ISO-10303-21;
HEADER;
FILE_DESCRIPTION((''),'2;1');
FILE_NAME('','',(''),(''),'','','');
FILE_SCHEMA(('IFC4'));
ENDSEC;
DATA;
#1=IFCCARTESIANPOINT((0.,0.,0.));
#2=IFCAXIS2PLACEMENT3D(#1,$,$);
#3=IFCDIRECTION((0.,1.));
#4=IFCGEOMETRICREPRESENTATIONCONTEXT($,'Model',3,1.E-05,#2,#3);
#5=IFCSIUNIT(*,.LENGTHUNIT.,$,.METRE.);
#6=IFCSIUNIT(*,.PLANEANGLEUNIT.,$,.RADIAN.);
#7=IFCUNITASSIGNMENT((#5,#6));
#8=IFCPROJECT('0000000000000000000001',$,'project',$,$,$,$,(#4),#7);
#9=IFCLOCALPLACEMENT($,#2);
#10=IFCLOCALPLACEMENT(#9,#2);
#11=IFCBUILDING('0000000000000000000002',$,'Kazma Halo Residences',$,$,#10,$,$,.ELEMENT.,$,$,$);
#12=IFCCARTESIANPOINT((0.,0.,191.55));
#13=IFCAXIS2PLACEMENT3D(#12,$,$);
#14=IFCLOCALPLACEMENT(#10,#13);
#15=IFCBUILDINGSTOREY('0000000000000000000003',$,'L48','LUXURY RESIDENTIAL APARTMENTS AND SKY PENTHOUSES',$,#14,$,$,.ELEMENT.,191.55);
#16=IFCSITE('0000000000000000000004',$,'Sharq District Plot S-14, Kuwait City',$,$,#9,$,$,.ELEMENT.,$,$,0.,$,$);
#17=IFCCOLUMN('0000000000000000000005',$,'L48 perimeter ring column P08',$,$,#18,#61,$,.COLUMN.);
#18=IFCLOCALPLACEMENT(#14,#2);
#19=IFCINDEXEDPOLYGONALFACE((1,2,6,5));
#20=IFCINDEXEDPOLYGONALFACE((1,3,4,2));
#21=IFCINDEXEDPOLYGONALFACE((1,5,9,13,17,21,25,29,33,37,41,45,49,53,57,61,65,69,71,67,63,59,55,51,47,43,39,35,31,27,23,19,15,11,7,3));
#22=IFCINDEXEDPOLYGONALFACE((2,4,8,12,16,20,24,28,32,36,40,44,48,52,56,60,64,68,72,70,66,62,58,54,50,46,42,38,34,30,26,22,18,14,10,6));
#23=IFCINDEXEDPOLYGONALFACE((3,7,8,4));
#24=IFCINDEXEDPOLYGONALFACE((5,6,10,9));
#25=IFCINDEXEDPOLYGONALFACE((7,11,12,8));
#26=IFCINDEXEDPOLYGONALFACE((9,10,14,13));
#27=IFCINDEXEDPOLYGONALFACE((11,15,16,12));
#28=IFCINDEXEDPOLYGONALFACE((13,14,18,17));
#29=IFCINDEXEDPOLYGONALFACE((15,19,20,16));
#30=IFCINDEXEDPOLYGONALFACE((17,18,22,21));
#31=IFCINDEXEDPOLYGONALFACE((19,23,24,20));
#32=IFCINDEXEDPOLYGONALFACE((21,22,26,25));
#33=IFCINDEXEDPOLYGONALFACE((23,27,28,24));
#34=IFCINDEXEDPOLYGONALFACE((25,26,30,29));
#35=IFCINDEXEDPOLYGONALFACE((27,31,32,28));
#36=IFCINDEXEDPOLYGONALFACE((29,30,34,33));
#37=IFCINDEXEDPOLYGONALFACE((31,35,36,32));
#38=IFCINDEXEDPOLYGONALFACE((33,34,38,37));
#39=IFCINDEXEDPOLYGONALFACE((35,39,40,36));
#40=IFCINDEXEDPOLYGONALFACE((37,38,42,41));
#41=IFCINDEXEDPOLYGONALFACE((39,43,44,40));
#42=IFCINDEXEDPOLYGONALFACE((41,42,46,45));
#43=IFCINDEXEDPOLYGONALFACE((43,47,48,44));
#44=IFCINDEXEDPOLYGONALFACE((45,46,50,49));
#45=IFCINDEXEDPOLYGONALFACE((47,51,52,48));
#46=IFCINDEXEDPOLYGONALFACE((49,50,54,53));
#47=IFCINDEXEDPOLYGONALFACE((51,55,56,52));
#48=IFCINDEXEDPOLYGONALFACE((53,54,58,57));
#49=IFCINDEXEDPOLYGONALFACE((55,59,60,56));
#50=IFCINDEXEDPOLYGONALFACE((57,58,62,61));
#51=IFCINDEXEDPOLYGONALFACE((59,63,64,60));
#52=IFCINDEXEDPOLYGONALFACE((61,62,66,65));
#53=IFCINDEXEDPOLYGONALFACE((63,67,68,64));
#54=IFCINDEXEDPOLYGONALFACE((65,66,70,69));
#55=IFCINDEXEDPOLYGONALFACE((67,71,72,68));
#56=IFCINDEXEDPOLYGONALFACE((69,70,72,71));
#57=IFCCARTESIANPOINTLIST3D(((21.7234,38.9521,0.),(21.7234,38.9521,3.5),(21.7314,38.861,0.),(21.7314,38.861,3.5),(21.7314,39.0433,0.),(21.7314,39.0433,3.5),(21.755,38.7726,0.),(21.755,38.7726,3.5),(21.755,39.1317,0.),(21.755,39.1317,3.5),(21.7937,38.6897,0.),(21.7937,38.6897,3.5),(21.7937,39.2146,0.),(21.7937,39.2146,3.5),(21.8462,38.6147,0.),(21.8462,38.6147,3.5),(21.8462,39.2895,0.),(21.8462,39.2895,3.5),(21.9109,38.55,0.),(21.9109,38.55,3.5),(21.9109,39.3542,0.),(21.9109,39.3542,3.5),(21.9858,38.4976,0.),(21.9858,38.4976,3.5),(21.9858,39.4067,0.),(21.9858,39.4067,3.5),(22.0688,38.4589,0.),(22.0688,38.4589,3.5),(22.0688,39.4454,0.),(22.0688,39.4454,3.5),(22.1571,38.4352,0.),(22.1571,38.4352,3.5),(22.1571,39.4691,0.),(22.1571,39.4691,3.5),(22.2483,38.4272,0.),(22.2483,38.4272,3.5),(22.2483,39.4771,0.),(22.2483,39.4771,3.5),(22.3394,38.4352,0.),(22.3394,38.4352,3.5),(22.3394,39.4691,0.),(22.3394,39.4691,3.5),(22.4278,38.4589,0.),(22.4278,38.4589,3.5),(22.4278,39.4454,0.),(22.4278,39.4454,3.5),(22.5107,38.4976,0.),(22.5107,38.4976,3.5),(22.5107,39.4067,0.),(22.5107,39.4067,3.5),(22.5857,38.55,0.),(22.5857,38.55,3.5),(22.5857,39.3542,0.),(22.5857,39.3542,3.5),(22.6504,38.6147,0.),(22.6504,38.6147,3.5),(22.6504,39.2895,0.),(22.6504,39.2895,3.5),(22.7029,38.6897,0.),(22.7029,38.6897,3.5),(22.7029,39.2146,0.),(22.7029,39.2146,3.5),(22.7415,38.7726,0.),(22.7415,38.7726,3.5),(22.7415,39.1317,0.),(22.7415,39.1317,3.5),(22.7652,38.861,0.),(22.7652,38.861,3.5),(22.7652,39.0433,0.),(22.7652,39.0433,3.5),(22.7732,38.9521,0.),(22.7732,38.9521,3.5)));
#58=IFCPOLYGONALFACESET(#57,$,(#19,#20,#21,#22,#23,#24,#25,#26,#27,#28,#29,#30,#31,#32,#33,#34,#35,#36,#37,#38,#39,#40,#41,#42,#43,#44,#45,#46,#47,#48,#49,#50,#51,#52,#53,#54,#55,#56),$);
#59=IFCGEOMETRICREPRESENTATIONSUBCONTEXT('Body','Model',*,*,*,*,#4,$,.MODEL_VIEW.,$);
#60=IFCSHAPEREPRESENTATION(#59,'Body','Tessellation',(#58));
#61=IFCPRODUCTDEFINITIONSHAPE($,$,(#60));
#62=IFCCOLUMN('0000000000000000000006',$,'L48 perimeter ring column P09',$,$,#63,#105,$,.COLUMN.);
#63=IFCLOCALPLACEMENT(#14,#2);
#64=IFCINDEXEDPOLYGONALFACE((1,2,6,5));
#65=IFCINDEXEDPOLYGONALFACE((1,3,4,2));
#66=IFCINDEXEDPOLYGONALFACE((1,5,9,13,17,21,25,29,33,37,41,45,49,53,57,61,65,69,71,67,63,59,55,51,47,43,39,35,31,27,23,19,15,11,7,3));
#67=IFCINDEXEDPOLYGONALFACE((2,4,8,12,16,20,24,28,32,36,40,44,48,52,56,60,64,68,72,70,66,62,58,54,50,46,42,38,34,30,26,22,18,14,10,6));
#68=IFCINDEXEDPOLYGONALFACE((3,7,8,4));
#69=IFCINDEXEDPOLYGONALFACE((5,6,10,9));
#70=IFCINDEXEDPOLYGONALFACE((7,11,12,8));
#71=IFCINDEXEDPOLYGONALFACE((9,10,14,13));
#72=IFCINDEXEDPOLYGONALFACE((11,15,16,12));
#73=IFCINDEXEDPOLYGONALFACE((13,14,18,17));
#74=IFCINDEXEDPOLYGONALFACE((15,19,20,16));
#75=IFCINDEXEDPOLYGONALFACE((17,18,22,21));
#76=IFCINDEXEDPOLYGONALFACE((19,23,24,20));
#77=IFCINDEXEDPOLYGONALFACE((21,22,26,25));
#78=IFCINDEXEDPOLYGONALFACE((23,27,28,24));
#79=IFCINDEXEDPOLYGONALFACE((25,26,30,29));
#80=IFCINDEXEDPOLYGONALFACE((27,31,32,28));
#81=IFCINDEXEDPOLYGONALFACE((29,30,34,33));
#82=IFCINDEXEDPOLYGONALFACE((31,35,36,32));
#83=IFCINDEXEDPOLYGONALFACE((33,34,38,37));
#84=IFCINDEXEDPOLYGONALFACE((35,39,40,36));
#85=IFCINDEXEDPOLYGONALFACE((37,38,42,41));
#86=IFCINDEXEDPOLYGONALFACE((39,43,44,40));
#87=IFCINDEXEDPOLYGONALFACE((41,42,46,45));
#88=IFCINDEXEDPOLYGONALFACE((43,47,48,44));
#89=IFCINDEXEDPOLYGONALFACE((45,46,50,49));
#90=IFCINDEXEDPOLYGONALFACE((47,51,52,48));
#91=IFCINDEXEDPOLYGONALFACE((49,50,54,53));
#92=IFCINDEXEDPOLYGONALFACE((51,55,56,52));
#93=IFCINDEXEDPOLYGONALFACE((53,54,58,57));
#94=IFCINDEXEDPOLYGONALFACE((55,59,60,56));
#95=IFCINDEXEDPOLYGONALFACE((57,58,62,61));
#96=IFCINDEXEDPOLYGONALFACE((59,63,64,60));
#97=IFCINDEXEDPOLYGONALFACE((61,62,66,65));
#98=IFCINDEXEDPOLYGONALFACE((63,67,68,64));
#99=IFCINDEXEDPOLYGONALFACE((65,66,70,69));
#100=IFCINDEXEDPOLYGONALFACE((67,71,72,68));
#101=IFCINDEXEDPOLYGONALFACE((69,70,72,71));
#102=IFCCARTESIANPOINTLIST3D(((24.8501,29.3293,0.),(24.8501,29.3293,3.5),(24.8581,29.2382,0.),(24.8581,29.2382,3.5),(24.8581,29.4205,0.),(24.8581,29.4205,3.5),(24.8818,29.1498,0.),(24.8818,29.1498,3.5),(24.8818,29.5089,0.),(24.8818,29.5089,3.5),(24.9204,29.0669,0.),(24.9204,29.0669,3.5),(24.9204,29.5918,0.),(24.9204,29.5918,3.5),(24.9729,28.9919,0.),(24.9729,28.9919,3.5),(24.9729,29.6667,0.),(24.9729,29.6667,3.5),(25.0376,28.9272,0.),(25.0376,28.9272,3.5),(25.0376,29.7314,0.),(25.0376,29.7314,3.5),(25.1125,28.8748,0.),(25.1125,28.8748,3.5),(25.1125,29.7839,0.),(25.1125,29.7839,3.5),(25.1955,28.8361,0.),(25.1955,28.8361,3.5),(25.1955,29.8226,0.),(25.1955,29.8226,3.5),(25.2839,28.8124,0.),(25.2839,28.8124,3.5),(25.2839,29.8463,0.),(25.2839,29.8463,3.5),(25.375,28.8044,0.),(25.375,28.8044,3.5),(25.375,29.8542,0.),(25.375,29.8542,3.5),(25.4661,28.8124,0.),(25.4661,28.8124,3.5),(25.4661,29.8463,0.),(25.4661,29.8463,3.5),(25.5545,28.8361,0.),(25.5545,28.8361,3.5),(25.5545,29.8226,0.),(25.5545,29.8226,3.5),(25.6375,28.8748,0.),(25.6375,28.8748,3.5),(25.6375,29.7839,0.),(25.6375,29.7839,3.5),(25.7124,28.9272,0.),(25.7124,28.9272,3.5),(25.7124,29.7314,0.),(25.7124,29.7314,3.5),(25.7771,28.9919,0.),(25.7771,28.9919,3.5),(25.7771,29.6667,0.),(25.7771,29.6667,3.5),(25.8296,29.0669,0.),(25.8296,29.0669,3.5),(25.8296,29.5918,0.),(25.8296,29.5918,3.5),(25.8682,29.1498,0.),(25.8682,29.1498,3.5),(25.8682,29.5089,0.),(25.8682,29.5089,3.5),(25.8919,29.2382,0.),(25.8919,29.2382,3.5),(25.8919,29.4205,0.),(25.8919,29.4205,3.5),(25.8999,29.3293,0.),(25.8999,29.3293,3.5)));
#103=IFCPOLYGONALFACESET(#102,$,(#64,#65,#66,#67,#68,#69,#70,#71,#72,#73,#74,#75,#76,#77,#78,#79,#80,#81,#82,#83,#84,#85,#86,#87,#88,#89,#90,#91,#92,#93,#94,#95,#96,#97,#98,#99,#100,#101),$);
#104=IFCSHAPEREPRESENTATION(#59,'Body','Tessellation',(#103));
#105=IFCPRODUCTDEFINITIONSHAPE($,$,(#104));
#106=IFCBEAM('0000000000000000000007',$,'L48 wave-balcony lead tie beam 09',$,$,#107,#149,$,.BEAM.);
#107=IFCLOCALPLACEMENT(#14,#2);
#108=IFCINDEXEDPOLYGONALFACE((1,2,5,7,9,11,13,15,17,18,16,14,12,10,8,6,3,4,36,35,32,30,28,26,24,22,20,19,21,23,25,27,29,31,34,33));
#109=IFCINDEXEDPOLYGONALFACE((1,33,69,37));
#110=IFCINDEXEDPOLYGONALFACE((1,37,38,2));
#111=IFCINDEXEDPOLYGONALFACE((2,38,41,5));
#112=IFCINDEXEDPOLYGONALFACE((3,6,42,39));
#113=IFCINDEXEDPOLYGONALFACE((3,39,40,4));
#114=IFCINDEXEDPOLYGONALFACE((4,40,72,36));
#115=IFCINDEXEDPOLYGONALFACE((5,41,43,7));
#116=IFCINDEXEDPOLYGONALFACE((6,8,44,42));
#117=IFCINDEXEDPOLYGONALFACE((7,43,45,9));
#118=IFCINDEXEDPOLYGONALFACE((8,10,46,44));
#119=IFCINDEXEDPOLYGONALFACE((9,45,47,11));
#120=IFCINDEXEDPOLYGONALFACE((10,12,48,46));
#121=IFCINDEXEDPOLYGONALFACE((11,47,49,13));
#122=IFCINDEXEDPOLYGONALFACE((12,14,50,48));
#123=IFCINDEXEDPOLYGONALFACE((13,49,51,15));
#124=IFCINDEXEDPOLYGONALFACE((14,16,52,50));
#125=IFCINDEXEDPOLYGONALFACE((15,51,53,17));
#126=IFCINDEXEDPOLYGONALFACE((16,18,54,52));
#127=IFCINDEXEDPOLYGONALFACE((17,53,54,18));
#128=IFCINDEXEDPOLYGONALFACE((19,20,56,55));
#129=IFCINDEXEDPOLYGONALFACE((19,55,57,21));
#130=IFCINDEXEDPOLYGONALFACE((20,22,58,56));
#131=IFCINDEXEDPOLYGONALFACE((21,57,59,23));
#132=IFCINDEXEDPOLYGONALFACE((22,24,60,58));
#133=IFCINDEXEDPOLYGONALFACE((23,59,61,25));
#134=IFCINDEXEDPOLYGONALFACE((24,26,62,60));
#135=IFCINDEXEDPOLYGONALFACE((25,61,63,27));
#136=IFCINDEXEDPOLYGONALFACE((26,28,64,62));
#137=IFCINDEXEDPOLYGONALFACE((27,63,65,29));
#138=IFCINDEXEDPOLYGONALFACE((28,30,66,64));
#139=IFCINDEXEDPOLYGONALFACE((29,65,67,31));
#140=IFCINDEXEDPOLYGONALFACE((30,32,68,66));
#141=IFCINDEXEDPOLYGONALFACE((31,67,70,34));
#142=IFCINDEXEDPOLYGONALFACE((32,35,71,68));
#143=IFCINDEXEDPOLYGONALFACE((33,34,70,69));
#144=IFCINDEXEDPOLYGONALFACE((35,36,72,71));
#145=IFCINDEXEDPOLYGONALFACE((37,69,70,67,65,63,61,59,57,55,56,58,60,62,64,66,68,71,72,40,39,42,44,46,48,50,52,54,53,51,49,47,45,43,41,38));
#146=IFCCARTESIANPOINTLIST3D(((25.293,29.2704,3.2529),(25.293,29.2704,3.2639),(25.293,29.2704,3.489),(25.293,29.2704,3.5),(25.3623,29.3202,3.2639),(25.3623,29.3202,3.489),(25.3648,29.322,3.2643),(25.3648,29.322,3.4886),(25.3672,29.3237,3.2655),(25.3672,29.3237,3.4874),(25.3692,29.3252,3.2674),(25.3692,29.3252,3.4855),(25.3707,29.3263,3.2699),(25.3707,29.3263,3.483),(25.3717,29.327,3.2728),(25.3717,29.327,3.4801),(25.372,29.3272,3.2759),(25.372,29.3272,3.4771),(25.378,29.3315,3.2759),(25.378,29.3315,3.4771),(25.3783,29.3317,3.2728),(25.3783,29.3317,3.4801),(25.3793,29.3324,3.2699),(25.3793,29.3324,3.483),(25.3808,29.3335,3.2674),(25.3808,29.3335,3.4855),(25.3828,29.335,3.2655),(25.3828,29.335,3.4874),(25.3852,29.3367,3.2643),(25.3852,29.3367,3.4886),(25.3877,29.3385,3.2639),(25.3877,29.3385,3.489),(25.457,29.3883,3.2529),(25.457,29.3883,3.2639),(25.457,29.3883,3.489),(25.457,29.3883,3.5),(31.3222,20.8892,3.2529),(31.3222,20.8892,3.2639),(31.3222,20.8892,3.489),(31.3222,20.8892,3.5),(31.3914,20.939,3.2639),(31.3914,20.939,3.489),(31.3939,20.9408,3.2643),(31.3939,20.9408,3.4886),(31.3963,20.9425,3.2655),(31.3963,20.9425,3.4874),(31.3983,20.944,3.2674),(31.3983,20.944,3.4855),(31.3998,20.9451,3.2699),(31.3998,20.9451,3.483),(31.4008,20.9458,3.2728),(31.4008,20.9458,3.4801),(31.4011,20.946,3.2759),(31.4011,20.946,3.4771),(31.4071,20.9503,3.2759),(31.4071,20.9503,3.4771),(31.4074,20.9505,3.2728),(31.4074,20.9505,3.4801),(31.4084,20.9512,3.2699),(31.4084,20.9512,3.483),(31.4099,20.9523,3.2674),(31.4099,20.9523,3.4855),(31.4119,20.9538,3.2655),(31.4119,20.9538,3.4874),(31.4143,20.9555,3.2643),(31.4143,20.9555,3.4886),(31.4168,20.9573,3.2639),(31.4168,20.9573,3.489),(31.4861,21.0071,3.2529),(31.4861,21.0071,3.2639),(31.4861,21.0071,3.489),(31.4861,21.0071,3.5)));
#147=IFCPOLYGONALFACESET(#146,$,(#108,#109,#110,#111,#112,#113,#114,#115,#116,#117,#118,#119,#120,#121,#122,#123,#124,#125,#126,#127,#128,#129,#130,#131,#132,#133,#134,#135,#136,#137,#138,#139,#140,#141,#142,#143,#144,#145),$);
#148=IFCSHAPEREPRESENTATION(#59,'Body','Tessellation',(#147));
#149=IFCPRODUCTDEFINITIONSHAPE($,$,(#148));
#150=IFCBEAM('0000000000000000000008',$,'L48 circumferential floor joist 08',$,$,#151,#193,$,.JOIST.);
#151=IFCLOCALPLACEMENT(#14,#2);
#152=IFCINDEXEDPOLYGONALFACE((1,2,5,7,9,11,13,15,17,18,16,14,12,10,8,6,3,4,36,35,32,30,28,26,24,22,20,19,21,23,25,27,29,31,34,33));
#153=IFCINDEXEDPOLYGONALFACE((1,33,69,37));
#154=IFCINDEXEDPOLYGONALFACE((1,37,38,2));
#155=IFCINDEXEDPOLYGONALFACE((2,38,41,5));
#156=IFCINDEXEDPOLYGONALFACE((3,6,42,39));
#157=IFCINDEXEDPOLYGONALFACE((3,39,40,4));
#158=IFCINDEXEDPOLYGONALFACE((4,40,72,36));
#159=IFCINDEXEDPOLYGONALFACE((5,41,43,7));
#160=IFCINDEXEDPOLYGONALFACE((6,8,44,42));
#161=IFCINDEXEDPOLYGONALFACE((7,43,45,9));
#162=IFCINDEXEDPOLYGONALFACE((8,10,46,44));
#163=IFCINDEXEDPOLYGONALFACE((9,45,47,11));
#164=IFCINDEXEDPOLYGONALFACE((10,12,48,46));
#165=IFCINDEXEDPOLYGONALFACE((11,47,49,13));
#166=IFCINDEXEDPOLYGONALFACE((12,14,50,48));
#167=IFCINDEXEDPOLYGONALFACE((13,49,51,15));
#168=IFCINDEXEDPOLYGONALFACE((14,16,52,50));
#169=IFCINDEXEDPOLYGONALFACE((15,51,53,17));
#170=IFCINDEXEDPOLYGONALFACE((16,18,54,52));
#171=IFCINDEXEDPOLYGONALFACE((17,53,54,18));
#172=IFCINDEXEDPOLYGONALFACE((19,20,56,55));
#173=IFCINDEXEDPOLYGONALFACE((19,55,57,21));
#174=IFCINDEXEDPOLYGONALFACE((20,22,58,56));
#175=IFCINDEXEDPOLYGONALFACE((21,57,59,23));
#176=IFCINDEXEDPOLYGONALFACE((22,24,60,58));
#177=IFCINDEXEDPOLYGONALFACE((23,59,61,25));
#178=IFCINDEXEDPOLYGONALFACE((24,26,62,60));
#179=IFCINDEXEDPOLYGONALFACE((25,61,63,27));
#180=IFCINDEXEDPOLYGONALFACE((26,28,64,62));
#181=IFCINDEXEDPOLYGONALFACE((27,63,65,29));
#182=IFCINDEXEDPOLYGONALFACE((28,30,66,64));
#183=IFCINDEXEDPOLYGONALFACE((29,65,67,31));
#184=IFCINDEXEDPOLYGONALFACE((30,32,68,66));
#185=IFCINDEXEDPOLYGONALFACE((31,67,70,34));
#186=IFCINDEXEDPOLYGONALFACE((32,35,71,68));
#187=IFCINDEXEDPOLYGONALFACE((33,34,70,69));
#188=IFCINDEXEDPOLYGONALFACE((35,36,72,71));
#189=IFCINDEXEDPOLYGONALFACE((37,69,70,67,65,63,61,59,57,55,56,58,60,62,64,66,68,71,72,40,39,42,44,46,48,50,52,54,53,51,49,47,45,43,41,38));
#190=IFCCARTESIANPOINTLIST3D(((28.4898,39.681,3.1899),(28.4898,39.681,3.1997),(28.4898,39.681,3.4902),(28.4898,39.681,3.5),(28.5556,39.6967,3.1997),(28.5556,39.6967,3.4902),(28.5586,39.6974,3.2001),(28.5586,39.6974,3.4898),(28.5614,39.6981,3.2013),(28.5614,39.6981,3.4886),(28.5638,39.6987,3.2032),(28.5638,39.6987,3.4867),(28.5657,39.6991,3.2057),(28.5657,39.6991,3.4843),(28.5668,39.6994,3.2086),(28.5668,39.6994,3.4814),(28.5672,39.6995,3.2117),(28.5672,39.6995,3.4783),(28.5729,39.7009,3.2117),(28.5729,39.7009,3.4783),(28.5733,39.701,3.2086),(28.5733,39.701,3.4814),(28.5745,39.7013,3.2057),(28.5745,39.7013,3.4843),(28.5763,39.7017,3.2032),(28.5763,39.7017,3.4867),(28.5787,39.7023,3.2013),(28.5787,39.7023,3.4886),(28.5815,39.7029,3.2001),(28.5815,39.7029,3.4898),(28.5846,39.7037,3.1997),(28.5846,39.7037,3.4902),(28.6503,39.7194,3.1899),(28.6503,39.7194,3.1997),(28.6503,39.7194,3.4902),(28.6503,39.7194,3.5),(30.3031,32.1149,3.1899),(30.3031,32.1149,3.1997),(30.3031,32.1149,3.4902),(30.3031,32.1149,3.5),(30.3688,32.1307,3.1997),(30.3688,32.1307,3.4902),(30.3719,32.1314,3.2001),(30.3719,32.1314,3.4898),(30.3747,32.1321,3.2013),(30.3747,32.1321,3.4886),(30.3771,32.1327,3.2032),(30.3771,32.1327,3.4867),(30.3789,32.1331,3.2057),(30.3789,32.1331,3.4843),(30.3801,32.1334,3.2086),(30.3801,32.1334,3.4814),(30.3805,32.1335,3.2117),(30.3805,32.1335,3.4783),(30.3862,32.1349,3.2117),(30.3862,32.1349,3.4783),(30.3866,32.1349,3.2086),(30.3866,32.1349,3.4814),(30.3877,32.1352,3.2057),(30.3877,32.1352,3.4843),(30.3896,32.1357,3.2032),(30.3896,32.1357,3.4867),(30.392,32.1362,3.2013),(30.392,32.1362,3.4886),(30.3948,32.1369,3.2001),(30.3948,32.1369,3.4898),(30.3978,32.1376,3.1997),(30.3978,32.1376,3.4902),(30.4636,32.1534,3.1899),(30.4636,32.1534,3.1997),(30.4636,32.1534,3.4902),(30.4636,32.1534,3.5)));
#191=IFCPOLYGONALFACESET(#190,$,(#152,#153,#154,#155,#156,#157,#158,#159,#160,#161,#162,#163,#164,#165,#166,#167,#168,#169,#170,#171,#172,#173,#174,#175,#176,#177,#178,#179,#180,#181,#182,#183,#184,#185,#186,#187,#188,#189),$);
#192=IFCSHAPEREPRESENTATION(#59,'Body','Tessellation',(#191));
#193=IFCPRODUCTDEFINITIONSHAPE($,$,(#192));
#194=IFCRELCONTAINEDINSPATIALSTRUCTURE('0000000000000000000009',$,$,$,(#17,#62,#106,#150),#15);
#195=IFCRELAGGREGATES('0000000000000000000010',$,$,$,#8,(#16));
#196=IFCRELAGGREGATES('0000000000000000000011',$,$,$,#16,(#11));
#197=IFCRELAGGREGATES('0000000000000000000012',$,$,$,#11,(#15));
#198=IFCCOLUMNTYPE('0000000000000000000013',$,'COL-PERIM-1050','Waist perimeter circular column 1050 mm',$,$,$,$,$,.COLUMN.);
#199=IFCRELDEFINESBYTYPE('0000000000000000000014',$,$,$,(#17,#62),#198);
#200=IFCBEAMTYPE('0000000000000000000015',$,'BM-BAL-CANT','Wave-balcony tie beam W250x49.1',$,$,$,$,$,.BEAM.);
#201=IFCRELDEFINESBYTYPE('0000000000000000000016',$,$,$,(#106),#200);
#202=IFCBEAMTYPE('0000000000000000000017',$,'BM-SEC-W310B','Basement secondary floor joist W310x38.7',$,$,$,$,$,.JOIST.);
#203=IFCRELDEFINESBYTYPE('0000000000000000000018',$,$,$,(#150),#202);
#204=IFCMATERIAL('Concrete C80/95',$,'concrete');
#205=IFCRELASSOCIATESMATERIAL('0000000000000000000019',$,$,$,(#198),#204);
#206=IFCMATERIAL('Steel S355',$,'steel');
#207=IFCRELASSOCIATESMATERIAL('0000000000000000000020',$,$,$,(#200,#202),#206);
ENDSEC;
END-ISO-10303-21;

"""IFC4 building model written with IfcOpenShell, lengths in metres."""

from ifc_helpers import new_model, si_unit, direction, frame, origin, origin_2d, place, context, subcontext, project, spatial, circle, i_section, extrude, material, material_profile, profile_set, type_object, element, save


model = new_model("IFC4")

# Units and contexts
model_context = context("Model", 3, precision=1e-05, world=origin(), true_north=direction((0.0, 1.0)))
body_context = subcontext(model_context, "Body", "Model", "MODEL_VIEW")
ifc_project = project(units=[si_unit("LENGTHUNIT", "METRE"), si_unit("PLANEANGLEUNIT", "RADIAN")], contexts=[model_context])

# Site, building, storey
site_placement = place(None, origin())
site = spatial("IfcSite", under=ifc_project, at=site_placement, Name="Sharq District Plot S-14, Kuwait City", CompositionType="ELEMENT", RefElevation=0.0)
building_placement = place(site_placement, origin())
building = spatial("IfcBuilding", under=site, at=building_placement, Name="Kazma Halo Residences", CompositionType="ELEMENT")
storey_placement = place(building_placement, frame((0.0, 0.0, 191.55)))
storey = spatial("IfcBuildingStorey", under=building, at=storey_placement, Name="L48", Description="LUXURY RESIDENTIAL APARTMENTS AND SKY PENTHOUSES", CompositionType="ELEMENT", Elevation=191.55)

# Columns
ifc_material_1 = material(Name="Concrete C80/95", Category="concrete")
ifc_material_profile_1 = material_profile(ifc_material_1, circle(Radius=0.5249, at=origin_2d()), Name="CIRC1050")
ifc_profile_set_1 = profile_set([ifc_material_profile_1], Name="Concrete C80/95")
column_type = type_object("IfcColumnType", Name="COL-PERIM-1050", Description="Waist perimeter circular column 1050 mm", PredefinedType="COLUMN", material=ifc_profile_set_1)
for number, where, z_axis, x_axis, name in (
    (1, (22.2483, 38.9521, 0.0), (0.0, 0.0, 1.0), (1.0, 0.0, 0.0), "L48 perimeter ring column P08"),
    (2, (25.375, 29.3293, 0.0), (0.0, 0.0, 1.0), (1.0, 0.0, 0.0), "L48 perimeter ring column P09"),
):
    element("IfcColumn", number, at=place(storey_placement, frame(where, z_axis=z_axis, x_axis=x_axis)), inside=storey, type_object=column_type, Name=name, PredefinedType="COLUMN", context=body_context, shape_type="SweptSolid", body=[
        extrude(circle(Radius=0.5249, at=origin_2d()), origin(), (0.0, 0.0, 1.0), 3.5),
    ])

# Beams
ifc_material_2 = material(Name="Steel S355", Category="steel")
ifc_material_profile_2 = material_profile(ifc_material_2, i_section(OverallWidth=0.2019, OverallDepth=0.2471, WebThickness=0.0073, FlangeThickness=0.011, FilletRadius=0.012, at=origin_2d()), Name="W250x49.1")
ifc_profile_set_2 = profile_set([ifc_material_profile_2], Name="Steel S355")
beam_type_1 = type_object("IfcBeamType", Name="BM-BAL-CANT", Description="Wave-balcony tie beam W250x49.1", PredefinedType="BEAM", material=ifc_profile_set_2)
beam_1_placement = place(storey_placement, frame((25.375, 29.3293, 3.3765), z_axis=(0.583964, -0.81178, 0.0), x_axis=(0.81178, 0.583964, 0.0)))
element("IfcBeam", 3, at=beam_1_placement, inside=storey, type_object=beam_type_1, Name="L48 wave-balcony lead tie beam 09", PredefinedType="BEAM", context=body_context, shape_type="SweptSolid", body=[
    extrude(i_section(OverallWidth=0.2019, OverallDepth=0.2471, WebThickness=0.0073, FlangeThickness=0.011, FilletRadius=0.012, at=origin_2d()), origin(), (0.0, 0.0, 1.0), 10.3245),
])
ifc_material_profile_3 = material_profile(ifc_material_2, i_section(OverallWidth=0.165, OverallDepth=0.3101, WebThickness=0.0059, FlangeThickness=0.0098, FilletRadius=0.012, at=origin_2d()), Name="W310x38.7")
ifc_profile_set_3 = profile_set([ifc_material_profile_3], Name="Steel S355")
beam_type_2 = type_object("IfcBeamType", Name="BM-SEC-W310B", Description="Basement secondary floor joist W310x38.7", PredefinedType="JOIST", material=ifc_profile_set_3)
beam_2_placement = place(storey_placement, frame((28.5701, 39.7002, 3.345), z_axis=(0.233058, -0.972463, 0.0), x_axis=(0.972463, 0.233058, 0.0)))
element("IfcBeam", 4, at=beam_2_placement, inside=storey, type_object=beam_type_2, Name="L48 circumferential floor joist 08", PredefinedType="JOIST", context=body_context, shape_type="SweptSolid", body=[
    extrude(i_section(OverallWidth=0.165, OverallDepth=0.3101, WebThickness=0.0059, FlangeThickness=0.0098, FilletRadius=0.012, at=origin_2d()), origin(), (0.0, 0.0, 1.0), 7.7803),
])

save(model, "model.ifc")
